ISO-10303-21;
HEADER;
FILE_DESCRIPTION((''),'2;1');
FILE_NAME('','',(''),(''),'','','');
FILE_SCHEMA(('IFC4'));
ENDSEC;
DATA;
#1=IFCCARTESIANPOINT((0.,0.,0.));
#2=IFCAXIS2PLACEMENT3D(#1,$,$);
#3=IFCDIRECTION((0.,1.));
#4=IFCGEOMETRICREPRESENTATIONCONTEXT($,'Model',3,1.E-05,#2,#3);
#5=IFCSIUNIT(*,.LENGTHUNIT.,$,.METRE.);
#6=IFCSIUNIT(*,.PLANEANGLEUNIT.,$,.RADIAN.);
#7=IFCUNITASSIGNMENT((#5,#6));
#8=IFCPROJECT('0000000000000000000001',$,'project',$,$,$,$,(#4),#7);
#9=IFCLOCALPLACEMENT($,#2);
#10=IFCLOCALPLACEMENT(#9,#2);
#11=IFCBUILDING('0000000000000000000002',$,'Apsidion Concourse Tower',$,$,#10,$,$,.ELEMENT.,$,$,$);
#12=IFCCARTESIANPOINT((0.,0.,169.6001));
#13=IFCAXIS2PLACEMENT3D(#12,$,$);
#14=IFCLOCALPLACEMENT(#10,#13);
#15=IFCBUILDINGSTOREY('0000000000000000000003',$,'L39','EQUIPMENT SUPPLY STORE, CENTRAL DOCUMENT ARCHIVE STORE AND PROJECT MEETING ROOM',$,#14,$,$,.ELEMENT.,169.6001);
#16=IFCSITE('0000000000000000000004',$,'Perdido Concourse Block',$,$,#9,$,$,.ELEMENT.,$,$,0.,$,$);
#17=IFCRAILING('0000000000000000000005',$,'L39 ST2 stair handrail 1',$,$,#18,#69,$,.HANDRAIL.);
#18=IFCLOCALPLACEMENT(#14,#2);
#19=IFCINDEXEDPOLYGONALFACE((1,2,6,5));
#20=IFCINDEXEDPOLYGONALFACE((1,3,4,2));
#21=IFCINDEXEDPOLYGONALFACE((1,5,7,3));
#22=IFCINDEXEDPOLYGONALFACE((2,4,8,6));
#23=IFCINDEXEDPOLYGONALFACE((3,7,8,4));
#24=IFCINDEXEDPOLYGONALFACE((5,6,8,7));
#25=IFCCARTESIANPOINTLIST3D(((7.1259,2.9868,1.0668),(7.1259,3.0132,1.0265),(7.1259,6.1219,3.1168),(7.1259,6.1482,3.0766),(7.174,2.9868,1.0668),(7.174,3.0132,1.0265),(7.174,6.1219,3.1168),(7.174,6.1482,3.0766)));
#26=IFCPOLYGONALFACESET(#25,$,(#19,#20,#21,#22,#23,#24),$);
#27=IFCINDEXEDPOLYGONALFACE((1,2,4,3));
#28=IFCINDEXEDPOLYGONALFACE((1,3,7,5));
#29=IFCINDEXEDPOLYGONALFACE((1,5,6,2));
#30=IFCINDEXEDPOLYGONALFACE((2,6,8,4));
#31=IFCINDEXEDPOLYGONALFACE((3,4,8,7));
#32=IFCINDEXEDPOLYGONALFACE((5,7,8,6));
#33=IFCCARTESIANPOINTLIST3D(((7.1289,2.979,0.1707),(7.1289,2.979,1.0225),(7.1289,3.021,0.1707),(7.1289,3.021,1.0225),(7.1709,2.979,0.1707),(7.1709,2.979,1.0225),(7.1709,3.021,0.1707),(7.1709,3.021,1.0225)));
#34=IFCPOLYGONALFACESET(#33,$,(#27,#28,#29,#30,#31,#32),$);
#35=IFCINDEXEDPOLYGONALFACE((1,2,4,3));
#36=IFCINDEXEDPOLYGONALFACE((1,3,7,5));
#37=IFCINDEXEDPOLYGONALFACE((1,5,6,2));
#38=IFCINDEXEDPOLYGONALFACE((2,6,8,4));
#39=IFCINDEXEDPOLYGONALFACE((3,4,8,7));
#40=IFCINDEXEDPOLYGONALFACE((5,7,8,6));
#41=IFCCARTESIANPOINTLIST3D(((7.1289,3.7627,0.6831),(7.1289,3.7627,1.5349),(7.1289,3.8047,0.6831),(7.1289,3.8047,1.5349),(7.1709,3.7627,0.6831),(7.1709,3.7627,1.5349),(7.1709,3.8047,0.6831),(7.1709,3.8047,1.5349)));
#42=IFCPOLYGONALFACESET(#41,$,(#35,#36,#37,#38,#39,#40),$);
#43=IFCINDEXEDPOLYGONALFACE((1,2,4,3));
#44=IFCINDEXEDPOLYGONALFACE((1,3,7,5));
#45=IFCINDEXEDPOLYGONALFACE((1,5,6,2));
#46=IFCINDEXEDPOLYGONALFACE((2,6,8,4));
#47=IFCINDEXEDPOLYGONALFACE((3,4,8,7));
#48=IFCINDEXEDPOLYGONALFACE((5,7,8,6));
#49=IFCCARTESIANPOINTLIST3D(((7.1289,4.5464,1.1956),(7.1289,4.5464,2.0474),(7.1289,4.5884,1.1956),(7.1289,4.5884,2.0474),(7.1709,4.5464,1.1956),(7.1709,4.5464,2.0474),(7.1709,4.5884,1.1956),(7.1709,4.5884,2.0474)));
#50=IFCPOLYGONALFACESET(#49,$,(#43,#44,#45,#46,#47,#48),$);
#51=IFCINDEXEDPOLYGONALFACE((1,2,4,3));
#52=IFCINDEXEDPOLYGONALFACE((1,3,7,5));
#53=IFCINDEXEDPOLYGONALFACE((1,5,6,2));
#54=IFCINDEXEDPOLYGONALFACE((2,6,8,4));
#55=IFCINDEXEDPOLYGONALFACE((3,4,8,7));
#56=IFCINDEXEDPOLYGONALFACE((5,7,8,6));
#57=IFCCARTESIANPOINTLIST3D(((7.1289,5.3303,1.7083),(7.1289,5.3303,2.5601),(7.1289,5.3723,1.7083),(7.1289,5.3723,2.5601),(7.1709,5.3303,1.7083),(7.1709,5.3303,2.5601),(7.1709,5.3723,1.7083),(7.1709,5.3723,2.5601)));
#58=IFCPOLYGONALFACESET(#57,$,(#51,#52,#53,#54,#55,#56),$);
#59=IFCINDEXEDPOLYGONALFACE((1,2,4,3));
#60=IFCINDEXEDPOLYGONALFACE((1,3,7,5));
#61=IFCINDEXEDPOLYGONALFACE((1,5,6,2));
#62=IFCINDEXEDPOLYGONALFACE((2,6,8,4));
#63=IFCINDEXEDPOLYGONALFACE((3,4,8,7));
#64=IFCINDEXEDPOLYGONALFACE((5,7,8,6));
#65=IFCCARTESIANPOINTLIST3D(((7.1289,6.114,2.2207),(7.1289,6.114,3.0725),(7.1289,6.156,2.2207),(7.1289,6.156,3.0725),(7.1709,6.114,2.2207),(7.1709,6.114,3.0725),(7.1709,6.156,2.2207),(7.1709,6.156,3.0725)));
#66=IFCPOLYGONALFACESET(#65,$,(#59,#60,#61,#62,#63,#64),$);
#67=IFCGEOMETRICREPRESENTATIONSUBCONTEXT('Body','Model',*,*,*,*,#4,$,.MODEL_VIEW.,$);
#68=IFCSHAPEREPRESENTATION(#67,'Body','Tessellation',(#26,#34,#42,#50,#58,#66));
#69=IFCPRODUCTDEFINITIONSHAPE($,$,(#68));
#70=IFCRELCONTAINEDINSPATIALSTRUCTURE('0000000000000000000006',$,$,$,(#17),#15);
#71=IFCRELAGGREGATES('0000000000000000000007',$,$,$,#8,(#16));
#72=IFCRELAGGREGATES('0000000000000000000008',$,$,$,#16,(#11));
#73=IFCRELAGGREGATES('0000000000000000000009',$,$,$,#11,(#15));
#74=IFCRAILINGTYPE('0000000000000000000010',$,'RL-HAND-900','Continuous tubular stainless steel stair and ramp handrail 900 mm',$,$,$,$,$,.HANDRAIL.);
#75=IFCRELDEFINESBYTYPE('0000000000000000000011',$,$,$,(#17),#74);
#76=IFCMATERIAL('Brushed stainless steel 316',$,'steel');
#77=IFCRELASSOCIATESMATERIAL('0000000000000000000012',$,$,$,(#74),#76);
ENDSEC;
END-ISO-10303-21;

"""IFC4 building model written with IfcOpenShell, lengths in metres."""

from ifc_helpers import new_model, si_unit, direction, frame, origin, origin_2d, place, context, subcontext, project, spatial, rectangle, extrude, material, type_object, element, save


model = new_model("IFC4")

# Units and contexts
model_context = context("Model", 3, precision=1e-05, world=origin(), true_north=direction((0.0, 1.0)))
body_context = subcontext(model_context, "Body", "Model", "MODEL_VIEW")
ifc_project = project(units=[si_unit("LENGTHUNIT", "METRE"), si_unit("PLANEANGLEUNIT", "RADIAN")], contexts=[model_context])

# Site, building, storey
site_placement = place(None, origin())
site = spatial("IfcSite", under=ifc_project, at=site_placement, Name="Perdido Concourse Block", CompositionType="ELEMENT", RefElevation=0.0)
building_placement = place(site_placement, origin())
building = spatial("IfcBuilding", under=site, at=building_placement, Name="Apsidion Concourse Tower", CompositionType="ELEMENT")
storey_placement = place(building_placement, frame((0.0, 0.0, 169.6001)))
storey = spatial("IfcBuildingStorey", under=building, at=storey_placement, Name="L39", Description="EQUIPMENT SUPPLY STORE, CENTRAL DOCUMENT ARCHIVE STORE AND PROJECT MEETING ROOM", CompositionType="ELEMENT", Elevation=169.6001)

# Shared definitions
ifc_material_1 = material(Name="Brushed stainless steel 316", Category="steel")

# Railing
railing_type = type_object("IfcRailingType", Name="RL-HAND-900", Description="Continuous tubular stainless steel stair and ramp handrail 900 mm", PredefinedType="HANDRAIL", material=ifc_material_1)
railing_placement = place(storey_placement, frame((7.1499, 3.0, 0.1707)))
element("IfcRailing", 1, at=railing_placement, inside=storey, type_object=railing_type, Name="L39 ST2 stair handrail 1", PredefinedType="HANDRAIL", context=body_context, shape_type="SweptSolid", body=[
    extrude(rectangle(XDim=0.0481, YDim=0.0481, at=origin_2d()), frame((0.0, 0.0, 0.876), z_axis=(0.0, 0.836941, 0.547293), x_axis=(-1.0, 0.0, 0.0)), (0.0, 0.0, 1.0), 3.7458),
    extrude(rectangle(XDim=0.042, YDim=0.042, at=origin_2d()), origin(), (0.0, 0.0, 1.0), 0.8518),
    extrude(rectangle(XDim=0.042, YDim=0.042, at=origin_2d()), frame((0.0, 0.7837, 0.5125)), (0.0, 0.0, 1.0), 0.8518),
    extrude(rectangle(XDim=0.042, YDim=0.042, at=origin_2d()), frame((0.0, 1.5674, 1.0249)), (0.0, 0.0, 1.0), 0.8518),
    extrude(rectangle(XDim=0.042, YDim=0.042, at=origin_2d()), frame((0.0, 2.3513, 1.5376)), (0.0, 0.0, 1.0), 0.8518),
    extrude(rectangle(XDim=0.042, YDim=0.042, at=origin_2d()), frame((0.0, 3.135, 2.05)), (0.0, 0.0, 1.0), 0.8518),
])

save(model, "model.ifc")
